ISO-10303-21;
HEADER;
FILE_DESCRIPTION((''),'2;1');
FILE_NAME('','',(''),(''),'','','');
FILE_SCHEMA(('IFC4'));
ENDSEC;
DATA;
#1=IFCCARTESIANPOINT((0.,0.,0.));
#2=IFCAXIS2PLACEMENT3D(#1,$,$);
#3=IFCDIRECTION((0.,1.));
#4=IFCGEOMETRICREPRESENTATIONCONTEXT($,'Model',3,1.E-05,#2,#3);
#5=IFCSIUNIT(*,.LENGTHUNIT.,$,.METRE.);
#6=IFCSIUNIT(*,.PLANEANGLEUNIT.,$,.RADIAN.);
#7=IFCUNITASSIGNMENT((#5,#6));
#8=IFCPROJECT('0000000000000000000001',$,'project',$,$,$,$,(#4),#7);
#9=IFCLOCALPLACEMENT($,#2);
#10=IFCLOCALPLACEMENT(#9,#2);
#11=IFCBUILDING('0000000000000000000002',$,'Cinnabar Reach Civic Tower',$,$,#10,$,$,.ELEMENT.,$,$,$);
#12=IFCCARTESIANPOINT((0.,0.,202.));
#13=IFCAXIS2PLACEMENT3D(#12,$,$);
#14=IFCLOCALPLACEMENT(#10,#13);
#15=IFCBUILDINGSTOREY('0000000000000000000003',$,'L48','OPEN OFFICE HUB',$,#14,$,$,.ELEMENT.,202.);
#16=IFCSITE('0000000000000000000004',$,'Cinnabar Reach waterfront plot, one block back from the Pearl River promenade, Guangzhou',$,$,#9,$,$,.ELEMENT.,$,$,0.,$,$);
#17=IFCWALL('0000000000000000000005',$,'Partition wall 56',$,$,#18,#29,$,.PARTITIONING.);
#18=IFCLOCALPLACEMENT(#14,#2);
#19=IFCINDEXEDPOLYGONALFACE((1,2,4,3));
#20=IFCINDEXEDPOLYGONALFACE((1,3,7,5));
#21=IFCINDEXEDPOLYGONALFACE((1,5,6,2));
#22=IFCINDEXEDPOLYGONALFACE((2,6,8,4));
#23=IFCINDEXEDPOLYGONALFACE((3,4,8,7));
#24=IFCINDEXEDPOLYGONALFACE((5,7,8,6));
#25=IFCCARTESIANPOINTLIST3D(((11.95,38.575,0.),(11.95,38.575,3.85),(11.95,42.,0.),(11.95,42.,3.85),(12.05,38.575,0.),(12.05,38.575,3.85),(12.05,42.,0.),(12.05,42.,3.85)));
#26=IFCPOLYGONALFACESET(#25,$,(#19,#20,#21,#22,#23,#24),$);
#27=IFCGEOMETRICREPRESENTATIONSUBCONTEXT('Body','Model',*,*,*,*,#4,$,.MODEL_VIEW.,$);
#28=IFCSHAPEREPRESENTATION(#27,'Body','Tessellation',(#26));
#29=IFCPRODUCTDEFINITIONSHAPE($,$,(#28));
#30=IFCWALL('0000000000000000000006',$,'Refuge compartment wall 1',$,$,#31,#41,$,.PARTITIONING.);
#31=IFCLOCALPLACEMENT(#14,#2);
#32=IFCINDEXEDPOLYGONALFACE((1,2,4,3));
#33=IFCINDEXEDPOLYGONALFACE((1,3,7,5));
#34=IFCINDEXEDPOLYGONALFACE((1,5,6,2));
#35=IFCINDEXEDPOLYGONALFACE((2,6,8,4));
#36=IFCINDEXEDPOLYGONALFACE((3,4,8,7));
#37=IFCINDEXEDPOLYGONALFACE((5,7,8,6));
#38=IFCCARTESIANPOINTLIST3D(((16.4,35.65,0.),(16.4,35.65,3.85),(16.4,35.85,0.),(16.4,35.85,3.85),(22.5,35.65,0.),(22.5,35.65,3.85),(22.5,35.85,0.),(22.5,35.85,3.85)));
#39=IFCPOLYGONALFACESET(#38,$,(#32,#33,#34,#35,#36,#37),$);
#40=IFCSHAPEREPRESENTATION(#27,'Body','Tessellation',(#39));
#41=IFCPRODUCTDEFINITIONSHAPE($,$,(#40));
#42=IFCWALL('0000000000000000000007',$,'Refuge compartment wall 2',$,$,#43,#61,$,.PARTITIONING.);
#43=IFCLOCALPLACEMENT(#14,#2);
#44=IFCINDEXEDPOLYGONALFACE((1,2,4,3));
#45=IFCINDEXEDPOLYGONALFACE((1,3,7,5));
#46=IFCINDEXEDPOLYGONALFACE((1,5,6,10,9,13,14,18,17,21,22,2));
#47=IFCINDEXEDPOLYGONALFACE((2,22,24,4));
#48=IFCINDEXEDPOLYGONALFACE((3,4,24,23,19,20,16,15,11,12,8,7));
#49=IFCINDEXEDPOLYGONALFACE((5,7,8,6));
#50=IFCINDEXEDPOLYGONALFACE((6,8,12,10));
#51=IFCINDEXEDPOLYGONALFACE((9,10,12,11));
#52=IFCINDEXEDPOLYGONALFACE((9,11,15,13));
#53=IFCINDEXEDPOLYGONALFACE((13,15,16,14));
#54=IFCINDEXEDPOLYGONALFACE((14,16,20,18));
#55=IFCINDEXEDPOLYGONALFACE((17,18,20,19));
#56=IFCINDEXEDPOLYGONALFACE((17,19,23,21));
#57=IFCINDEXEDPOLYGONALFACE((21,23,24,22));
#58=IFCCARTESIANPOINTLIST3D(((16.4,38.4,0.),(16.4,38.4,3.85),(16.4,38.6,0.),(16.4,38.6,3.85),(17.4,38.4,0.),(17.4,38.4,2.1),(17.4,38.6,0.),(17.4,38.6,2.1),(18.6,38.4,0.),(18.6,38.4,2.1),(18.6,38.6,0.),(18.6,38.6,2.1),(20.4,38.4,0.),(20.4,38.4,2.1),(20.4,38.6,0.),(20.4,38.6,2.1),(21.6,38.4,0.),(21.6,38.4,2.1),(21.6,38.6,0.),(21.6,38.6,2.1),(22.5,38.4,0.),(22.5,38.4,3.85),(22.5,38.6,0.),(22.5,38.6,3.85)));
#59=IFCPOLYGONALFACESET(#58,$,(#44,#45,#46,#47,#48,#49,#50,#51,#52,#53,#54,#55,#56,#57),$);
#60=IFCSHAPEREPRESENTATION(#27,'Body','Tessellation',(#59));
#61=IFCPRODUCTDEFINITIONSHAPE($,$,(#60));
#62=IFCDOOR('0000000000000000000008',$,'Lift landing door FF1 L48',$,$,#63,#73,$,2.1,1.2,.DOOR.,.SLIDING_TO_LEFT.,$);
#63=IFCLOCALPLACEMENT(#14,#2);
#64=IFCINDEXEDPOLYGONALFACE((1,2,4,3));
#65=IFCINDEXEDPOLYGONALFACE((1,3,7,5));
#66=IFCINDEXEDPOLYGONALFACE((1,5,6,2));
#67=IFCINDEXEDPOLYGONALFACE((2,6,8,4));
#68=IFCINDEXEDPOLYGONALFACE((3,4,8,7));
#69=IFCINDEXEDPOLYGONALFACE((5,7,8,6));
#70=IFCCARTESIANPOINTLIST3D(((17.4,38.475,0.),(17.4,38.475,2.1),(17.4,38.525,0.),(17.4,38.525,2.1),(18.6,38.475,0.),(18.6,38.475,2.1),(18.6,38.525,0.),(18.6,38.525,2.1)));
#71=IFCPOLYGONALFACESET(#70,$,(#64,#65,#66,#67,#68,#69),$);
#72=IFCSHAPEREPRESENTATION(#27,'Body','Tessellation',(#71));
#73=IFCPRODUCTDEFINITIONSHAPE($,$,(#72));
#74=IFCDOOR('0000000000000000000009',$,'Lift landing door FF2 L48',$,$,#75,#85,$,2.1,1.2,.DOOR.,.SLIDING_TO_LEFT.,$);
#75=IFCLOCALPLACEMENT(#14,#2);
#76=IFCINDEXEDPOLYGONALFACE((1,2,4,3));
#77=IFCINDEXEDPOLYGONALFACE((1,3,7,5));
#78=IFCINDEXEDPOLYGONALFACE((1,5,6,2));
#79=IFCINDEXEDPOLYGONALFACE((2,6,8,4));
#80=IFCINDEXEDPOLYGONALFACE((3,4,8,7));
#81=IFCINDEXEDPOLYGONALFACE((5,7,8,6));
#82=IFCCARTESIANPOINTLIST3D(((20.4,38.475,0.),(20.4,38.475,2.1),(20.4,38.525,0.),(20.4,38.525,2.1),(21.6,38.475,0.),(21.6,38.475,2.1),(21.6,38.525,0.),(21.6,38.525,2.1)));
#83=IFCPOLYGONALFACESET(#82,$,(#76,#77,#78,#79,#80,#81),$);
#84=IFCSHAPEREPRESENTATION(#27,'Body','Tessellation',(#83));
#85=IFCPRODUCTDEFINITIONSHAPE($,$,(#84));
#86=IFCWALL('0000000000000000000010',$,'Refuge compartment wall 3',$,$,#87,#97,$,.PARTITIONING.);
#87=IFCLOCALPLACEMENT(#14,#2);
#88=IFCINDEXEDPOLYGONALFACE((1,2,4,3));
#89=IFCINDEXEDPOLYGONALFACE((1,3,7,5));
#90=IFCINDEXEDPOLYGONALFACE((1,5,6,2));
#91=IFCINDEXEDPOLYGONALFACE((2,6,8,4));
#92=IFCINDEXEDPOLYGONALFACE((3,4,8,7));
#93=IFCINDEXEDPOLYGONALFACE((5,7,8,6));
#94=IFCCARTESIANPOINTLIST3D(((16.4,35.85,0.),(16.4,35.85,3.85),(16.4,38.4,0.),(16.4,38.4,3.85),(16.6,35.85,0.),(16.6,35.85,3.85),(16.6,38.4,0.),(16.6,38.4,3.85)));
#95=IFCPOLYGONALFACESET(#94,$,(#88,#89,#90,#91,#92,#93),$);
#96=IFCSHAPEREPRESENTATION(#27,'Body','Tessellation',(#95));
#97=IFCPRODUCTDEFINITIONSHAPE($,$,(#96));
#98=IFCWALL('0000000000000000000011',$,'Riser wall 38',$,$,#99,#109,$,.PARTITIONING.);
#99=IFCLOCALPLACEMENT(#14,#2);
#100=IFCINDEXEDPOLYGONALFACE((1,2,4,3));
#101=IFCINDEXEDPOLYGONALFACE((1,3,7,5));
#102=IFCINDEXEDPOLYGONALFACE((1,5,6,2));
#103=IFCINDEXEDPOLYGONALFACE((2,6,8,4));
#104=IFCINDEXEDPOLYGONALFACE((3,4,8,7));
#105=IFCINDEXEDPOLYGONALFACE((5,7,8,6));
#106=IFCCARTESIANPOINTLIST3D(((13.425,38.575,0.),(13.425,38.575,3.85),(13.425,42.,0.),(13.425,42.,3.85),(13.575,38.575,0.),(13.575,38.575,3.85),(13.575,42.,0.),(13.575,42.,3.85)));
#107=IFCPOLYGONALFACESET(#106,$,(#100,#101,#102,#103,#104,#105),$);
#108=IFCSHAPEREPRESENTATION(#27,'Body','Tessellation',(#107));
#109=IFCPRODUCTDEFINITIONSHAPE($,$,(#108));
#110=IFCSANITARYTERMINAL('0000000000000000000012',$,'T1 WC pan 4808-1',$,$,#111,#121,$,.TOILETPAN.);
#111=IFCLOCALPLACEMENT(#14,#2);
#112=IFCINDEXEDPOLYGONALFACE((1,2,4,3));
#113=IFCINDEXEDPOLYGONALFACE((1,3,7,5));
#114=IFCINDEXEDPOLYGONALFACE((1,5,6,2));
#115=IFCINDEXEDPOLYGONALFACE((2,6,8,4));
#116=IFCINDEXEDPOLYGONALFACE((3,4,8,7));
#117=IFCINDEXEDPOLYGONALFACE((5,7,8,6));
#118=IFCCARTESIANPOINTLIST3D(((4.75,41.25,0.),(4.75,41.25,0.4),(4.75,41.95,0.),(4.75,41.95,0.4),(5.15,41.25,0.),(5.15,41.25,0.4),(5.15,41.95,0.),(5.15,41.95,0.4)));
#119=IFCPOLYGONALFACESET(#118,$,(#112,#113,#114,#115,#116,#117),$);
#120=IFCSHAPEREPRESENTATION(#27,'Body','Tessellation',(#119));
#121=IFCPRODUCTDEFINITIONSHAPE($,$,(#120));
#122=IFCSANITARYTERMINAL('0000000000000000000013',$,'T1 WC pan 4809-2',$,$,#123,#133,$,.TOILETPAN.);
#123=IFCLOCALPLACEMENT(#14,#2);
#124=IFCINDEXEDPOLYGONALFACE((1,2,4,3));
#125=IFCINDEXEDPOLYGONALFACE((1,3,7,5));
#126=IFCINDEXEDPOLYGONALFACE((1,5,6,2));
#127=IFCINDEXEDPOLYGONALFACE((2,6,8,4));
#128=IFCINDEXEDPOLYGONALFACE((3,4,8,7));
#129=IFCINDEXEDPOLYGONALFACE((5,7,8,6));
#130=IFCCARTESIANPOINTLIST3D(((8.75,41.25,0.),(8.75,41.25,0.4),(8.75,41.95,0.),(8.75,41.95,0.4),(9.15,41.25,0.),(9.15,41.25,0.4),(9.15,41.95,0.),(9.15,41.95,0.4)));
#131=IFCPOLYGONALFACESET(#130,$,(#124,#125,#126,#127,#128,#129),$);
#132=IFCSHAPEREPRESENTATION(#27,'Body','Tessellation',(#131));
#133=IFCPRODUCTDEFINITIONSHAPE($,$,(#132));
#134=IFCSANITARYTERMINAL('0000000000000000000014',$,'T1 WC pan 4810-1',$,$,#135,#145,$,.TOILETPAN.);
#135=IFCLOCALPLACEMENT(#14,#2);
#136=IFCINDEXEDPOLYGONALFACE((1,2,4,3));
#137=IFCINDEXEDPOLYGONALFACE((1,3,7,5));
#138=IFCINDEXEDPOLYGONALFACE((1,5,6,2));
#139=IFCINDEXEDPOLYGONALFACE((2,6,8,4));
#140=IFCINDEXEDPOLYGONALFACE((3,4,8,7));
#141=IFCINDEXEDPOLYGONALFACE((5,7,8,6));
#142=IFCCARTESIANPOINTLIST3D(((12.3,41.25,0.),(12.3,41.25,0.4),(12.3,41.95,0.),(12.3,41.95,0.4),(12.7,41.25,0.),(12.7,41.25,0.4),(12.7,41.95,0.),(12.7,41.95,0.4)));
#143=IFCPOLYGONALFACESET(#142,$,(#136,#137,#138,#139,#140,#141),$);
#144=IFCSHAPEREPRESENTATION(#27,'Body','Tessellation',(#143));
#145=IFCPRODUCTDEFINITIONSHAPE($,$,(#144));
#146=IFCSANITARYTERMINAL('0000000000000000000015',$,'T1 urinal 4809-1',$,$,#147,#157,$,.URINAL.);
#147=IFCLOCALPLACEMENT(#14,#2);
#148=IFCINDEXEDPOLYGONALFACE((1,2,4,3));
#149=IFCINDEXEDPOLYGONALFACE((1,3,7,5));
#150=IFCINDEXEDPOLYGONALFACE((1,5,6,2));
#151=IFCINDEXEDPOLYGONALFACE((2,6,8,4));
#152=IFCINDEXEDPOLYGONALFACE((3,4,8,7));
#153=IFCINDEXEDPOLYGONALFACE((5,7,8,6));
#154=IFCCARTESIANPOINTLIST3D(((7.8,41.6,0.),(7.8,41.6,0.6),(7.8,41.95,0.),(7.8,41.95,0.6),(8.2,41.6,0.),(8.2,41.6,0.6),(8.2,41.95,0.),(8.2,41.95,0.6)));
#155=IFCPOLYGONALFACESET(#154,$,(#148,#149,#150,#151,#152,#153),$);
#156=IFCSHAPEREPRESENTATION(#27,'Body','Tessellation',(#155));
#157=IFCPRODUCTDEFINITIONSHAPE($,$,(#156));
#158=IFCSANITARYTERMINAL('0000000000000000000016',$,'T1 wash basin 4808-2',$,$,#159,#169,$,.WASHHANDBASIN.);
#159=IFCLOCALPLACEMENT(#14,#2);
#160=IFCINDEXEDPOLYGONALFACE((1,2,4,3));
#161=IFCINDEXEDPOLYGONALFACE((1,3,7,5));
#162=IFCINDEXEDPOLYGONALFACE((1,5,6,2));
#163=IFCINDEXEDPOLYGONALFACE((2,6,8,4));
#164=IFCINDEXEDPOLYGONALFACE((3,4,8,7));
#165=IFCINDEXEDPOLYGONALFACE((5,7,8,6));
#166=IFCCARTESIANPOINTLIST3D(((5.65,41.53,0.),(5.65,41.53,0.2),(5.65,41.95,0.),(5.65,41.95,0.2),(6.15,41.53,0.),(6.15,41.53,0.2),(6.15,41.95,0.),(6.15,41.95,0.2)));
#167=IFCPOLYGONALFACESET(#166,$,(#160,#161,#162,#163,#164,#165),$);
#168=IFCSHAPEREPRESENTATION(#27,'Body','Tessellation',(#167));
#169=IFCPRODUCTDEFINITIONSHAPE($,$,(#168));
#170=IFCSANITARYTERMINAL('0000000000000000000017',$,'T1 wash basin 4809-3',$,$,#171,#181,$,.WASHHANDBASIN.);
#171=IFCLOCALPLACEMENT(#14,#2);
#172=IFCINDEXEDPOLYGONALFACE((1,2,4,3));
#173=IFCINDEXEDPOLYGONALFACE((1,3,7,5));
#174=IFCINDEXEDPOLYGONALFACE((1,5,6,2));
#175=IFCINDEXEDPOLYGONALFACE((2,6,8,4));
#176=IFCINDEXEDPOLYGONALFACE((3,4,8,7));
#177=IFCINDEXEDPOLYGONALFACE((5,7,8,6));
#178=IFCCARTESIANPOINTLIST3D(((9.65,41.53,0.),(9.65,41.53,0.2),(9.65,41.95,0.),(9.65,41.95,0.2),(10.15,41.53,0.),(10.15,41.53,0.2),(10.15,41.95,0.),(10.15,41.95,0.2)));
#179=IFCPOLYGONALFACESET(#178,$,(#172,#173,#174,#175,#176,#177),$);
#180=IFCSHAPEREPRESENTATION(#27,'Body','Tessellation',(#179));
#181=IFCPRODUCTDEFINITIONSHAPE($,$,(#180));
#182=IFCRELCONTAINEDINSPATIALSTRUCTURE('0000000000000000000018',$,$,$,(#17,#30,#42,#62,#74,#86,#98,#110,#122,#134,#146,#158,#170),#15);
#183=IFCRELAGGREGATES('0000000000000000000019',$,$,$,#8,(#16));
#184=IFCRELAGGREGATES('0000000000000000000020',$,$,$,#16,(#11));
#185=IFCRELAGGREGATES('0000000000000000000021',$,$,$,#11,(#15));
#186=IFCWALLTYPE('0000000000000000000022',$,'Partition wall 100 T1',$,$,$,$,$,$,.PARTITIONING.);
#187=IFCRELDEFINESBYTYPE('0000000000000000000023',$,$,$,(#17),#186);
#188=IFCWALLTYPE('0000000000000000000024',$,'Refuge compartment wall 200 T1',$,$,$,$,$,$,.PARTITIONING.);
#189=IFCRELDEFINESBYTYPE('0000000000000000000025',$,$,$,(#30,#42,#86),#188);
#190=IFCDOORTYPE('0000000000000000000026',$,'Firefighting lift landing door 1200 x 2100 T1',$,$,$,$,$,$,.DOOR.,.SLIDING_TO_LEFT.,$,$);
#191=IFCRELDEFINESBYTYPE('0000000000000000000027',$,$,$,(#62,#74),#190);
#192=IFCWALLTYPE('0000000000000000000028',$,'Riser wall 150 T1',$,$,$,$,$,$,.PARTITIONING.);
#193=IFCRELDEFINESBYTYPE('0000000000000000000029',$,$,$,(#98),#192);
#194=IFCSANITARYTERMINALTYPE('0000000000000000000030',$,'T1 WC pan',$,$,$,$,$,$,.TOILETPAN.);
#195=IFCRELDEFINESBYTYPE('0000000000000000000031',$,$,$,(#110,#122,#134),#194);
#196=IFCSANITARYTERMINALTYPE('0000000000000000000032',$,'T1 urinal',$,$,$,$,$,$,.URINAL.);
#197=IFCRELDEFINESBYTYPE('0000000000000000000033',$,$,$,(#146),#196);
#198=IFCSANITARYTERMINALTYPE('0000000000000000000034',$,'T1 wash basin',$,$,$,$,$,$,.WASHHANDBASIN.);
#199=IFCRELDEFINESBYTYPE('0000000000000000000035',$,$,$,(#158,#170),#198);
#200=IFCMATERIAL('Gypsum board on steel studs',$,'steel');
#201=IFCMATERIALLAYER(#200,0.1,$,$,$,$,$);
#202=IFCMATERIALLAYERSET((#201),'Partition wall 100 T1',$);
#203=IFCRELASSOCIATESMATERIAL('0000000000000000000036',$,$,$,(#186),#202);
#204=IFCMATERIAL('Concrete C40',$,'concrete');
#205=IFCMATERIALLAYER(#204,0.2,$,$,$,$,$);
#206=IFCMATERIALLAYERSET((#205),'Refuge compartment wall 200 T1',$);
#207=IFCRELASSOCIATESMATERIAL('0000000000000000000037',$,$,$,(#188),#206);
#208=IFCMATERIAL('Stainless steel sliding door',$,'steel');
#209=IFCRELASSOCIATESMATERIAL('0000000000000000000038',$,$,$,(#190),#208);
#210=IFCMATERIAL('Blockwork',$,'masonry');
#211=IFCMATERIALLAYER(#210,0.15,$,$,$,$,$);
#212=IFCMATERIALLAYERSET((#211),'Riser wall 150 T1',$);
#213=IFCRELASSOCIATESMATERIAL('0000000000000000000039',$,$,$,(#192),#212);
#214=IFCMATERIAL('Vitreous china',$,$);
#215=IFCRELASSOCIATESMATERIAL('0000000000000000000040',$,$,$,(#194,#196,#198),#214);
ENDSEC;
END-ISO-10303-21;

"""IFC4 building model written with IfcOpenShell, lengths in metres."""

from ifc_helpers import new_model, si_unit, direction, frame, frame_2d, origin, origin_2d, place, context, subcontext, project, spatial, rectangle, extrude, material, layer, layer_set, type_object, element, fill, save


model = new_model("IFC4")

# Units and contexts
model_context = context("Model", 3, precision=1e-05, world=origin(), true_north=direction((0.0, 1.0)))
body_context = subcontext(model_context, "Body", "Model", "MODEL_VIEW")
ifc_project = project(units=[si_unit("LENGTHUNIT", "METRE"), si_unit("PLANEANGLEUNIT", "RADIAN")], contexts=[model_context])

# Site, building, storey
site_placement = place(None, origin())
site = spatial("IfcSite", under=ifc_project, at=site_placement, Name="Cinnabar Reach waterfront plot, one block back from the Pearl River promenade, Guangzhou", CompositionType="ELEMENT", RefElevation=0.0)
building_placement = place(site_placement, origin())
building = spatial("IfcBuilding", under=site, at=building_placement, Name="Cinnabar Reach Civic Tower", CompositionType="ELEMENT")
storey_placement = place(building_placement, frame((0.0, 0.0, 202.0)))
storey = spatial("IfcBuildingStorey", under=building, at=storey_placement, Name="L48", Description="OPEN OFFICE HUB", CompositionType="ELEMENT", Elevation=202.0)

# Shared definitions
ifc_material_1 = material(Name="Blockwork", Category="masonry")
ifc_material_2 = material(Name="Stainless steel sliding door", Category="steel")

# Walls
ifc_material_3 = material(Name="Gypsum board on steel studs", Category="steel")
ifc_layer_1 = layer(ifc_material_3, 0.1)
ifc_layer_set_1 = layer_set([ifc_layer_1], Name="Partition wall 100 T1")
wall_type_1 = type_object("IfcWallType", Name="Partition wall 100 T1", PredefinedType="PARTITIONING", material=ifc_layer_set_1)
for number, where, z_axis, x_axis, name in (
    (1, (12.0, 38.575, 0.0), (0.0, 0.0, 1.0), (0.0, 1.0, 0.0), "Partition wall 56"),
):
    element("IfcWall", number, at=place(storey_placement, frame(where, z_axis=z_axis, x_axis=x_axis)), inside=storey, type_object=wall_type_1, Name=name, PredefinedType="PARTITIONING", context=body_context, shape_type="SweptSolid", body=[
        extrude(rectangle(XDim=3.425, YDim=0.1, at=frame_2d((1.7125, 0.0))), origin(), (0.0, 0.0, 1.0), 3.85),
    ])
ifc_material_4 = material(Name="Concrete C40", Category="concrete")
ifc_layer_2 = layer(ifc_material_4, 0.2)
ifc_layer_set_2 = layer_set([ifc_layer_2], Name="Refuge compartment wall 200 T1")
wall_type_2 = type_object("IfcWallType", Name="Refuge compartment wall 200 T1", PredefinedType="PARTITIONING", material=ifc_layer_set_2)
wall_1_placement = place(storey_placement, frame((16.4, 35.75, 0.0), z_axis=(0.0, 0.0, 1.0), x_axis=(1.0, 0.0, 0.0)))
element("IfcWall", 2, at=wall_1_placement, inside=storey, type_object=wall_type_2, Name="Refuge compartment wall 1", PredefinedType="PARTITIONING", context=body_context, shape_type="SweptSolid", body=[
    extrude(rectangle(XDim=6.1, YDim=0.2, at=frame_2d((3.05, 0.0))), origin(), (0.0, 0.0, 1.0), 3.85),
])

# Wall, openings, doors
wall_2_placement = place(storey_placement, frame((16.4, 38.5, 0.0), z_axis=(0.0, 0.0, 1.0), x_axis=(1.0, 0.0, 0.0)))
wall_2 = element("IfcWall", 3, at=wall_2_placement, inside=storey, type_object=wall_type_2, Name="Refuge compartment wall 2", PredefinedType="PARTITIONING", context=body_context, shape_type="SweptSolid", body=[
    extrude(rectangle(XDim=6.1, YDim=0.2, at=frame_2d((3.05, 0.0))), origin(), (0.0, 0.0, 1.0), 3.85),
])
opening_1_placement = place(wall_2_placement, frame((1.0, 0.0, 0.0)))
opening_1 = element("IfcOpeningElement", 4, at=opening_1_placement, cuts=wall_2, PredefinedType="OPENING", context=body_context, shape_type="SweptSolid", body=[
    extrude(rectangle(XDim=1.2, YDim=2.1, at=frame_2d((0.6, 1.05))), frame((0.0, 0.11, 0.0), z_axis=(0.0, -1.0, 0.0), x_axis=(1.0, 0.0, 0.0)), (0.0, 0.0, 1.0), 0.22),
])
opening_2_placement = place(wall_2_placement, frame((4.0, 0.0, 0.0)))
opening_2 = element("IfcOpeningElement", 5, at=opening_2_placement, cuts=wall_2, PredefinedType="OPENING", context=body_context, shape_type="SweptSolid", body=[
    extrude(rectangle(XDim=1.2, YDim=2.1, at=frame_2d((0.6, 1.05))), frame((0.0, 0.11, 0.0), z_axis=(0.0, -1.0, 0.0), x_axis=(1.0, 0.0, 0.0)), (0.0, 0.0, 1.0), 0.22),
])
door_type_1 = type_object("IfcDoorType", Name="Firefighting lift landing door 1200 x 2100 T1", OperationType="SLIDING_TO_LEFT", PredefinedType="DOOR", material=ifc_material_2)
door_1_placement = place(opening_1_placement, origin())
door_1 = element("IfcDoor", 6, at=door_1_placement, inside=storey, type_object=door_type_1, Name="Lift landing door FF1 L48", OperationType="SLIDING_TO_LEFT", OverallHeight=2.1, OverallWidth=1.2, PredefinedType="DOOR", context=body_context, shape_type="SweptSolid", body=[
    extrude(rectangle(XDim=1.2, YDim=2.1, at=frame_2d((0.6, 1.05))), frame((0.0, 0.025, 0.0), z_axis=(0.0, -1.0, 0.0), x_axis=(1.0, 0.0, 0.0)), (0.0, 0.0, 1.0), 0.05),
])
fill(opening_1, door_1)
door_2_placement = place(opening_2_placement, origin())
door_2 = element("IfcDoor", 7, at=door_2_placement, inside=storey, type_object=door_type_1, Name="Lift landing door FF2 L48", OperationType="SLIDING_TO_LEFT", OverallHeight=2.1, OverallWidth=1.2, PredefinedType="DOOR", context=body_context, shape_type="SweptSolid", body=[
    extrude(rectangle(XDim=1.2, YDim=2.1, at=frame_2d((0.6, 1.05))), frame((0.0, 0.025, 0.0), z_axis=(0.0, -1.0, 0.0), x_axis=(1.0, 0.0, 0.0)), (0.0, 0.0, 1.0), 0.05),
])
fill(opening_2, door_2)

# Walls
wall_3_placement = place(storey_placement, frame((16.5, 35.85, 0.0), z_axis=(0.0, 0.0, 1.0), x_axis=(0.0, 1.0, 0.0)))
element("IfcWall", 8, at=wall_3_placement, inside=storey, type_object=wall_type_2, Name="Refuge compartment wall 3", PredefinedType="PARTITIONING", context=body_context, shape_type="SweptSolid", body=[
    extrude(rectangle(XDim=2.55, YDim=0.2, at=frame_2d((1.275, 0.0))), origin(), (0.0, 0.0, 1.0), 3.85),
])
ifc_layer_3 = layer(ifc_material_1, 0.15)
ifc_layer_set_3 = layer_set([ifc_layer_3], Name="Riser wall 150 T1")
wall_type_3 = type_object("IfcWallType", Name="Riser wall 150 T1", PredefinedType="PARTITIONING", material=ifc_layer_set_3)
wall_4_placement = place(storey_placement, frame((13.5, 38.575, 0.0), z_axis=(0.0, 0.0, 1.0), x_axis=(0.0, 1.0, 0.0)))
element("IfcWall", 9, at=wall_4_placement, inside=storey, type_object=wall_type_3, Name="Riser wall 38", PredefinedType="PARTITIONING", context=body_context, shape_type="SweptSolid", body=[
    extrude(rectangle(XDim=3.425, YDim=0.15, at=frame_2d((1.7125, 0.0))), origin(), (0.0, 0.0, 1.0), 3.85),
])

# Sanitary terminals
ifc_material_5 = material(Name="Vitreous china")
sanitary_terminal_type_1 = type_object("IfcSanitaryTerminalType", Name="T1 WC pan", PredefinedType="TOILETPAN", material=ifc_material_5)
for number, where, z_axis, x_axis, name in (
    (10, (4.95, 41.6, 0.0), (0.0, 0.0, 1.0), (1.0, 0.0, 0.0), "T1 WC pan 4808-1"),
    (11, (8.95, 41.6, 0.0), (0.0, 0.0, 1.0), (1.0, 0.0, 0.0), "T1 WC pan 4809-2"),
    (12, (12.5, 41.6, 0.0), (0.0, 0.0, 1.0), (1.0, 0.0, 0.0), "T1 WC pan 4810-1"),
):
    element("IfcSanitaryTerminal", number, at=place(storey_placement, frame(where, z_axis=z_axis, x_axis=x_axis)), inside=storey, type_object=sanitary_terminal_type_1, Name=name, PredefinedType="TOILETPAN", context=body_context, shape_type="SweptSolid", body=[
        extrude(rectangle(XDim=0.4, YDim=0.7, at=origin_2d()), origin(), (0.0, 0.0, 1.0), 0.4),
    ])
sanitary_terminal_type_2 = type_object("IfcSanitaryTerminalType", Name="T1 urinal", PredefinedType="URINAL", material=ifc_material_5)
sanitary_terminal_placement = place(storey_placement, frame((8.0, 41.775, 0.0), z_axis=(0.0, 0.0, 1.0), x_axis=(1.0, 0.0, 0.0)))
element("IfcSanitaryTerminal", 13, at=sanitary_terminal_placement, inside=storey, type_object=sanitary_terminal_type_2, Name="T1 urinal 4809-1", PredefinedType="URINAL", context=body_context, shape_type="SweptSolid", body=[
    extrude(rectangle(XDim=0.4, YDim=0.35, at=origin_2d()), origin(), (0.0, 0.0, 1.0), 0.6),
])
sanitary_terminal_type_3 = type_object("IfcSanitaryTerminalType", Name="T1 wash basin", PredefinedType="WASHHANDBASIN", material=ifc_material_5)
for number, where, z_axis, x_axis, name in (
    (14, (5.9, 41.74, 0.0), (0.0, 0.0, 1.0), (1.0, 0.0, 0.0), "T1 wash basin 4808-2"),
    (15, (9.9, 41.74, 0.0), (0.0, 0.0, 1.0), (1.0, 0.0, 0.0), "T1 wash basin 4809-3"),
):
    element("IfcSanitaryTerminal", number, at=place(storey_placement, frame(where, z_axis=z_axis, x_axis=x_axis)), inside=storey, type_object=sanitary_terminal_type_3, Name=name, PredefinedType="WASHHANDBASIN", context=body_context, shape_type="SweptSolid", body=[
        extrude(rectangle(XDim=0.5, YDim=0.42, at=origin_2d()), origin(), (0.0, 0.0, 1.0), 0.2),
    ])

save(model, "model.ifc")
